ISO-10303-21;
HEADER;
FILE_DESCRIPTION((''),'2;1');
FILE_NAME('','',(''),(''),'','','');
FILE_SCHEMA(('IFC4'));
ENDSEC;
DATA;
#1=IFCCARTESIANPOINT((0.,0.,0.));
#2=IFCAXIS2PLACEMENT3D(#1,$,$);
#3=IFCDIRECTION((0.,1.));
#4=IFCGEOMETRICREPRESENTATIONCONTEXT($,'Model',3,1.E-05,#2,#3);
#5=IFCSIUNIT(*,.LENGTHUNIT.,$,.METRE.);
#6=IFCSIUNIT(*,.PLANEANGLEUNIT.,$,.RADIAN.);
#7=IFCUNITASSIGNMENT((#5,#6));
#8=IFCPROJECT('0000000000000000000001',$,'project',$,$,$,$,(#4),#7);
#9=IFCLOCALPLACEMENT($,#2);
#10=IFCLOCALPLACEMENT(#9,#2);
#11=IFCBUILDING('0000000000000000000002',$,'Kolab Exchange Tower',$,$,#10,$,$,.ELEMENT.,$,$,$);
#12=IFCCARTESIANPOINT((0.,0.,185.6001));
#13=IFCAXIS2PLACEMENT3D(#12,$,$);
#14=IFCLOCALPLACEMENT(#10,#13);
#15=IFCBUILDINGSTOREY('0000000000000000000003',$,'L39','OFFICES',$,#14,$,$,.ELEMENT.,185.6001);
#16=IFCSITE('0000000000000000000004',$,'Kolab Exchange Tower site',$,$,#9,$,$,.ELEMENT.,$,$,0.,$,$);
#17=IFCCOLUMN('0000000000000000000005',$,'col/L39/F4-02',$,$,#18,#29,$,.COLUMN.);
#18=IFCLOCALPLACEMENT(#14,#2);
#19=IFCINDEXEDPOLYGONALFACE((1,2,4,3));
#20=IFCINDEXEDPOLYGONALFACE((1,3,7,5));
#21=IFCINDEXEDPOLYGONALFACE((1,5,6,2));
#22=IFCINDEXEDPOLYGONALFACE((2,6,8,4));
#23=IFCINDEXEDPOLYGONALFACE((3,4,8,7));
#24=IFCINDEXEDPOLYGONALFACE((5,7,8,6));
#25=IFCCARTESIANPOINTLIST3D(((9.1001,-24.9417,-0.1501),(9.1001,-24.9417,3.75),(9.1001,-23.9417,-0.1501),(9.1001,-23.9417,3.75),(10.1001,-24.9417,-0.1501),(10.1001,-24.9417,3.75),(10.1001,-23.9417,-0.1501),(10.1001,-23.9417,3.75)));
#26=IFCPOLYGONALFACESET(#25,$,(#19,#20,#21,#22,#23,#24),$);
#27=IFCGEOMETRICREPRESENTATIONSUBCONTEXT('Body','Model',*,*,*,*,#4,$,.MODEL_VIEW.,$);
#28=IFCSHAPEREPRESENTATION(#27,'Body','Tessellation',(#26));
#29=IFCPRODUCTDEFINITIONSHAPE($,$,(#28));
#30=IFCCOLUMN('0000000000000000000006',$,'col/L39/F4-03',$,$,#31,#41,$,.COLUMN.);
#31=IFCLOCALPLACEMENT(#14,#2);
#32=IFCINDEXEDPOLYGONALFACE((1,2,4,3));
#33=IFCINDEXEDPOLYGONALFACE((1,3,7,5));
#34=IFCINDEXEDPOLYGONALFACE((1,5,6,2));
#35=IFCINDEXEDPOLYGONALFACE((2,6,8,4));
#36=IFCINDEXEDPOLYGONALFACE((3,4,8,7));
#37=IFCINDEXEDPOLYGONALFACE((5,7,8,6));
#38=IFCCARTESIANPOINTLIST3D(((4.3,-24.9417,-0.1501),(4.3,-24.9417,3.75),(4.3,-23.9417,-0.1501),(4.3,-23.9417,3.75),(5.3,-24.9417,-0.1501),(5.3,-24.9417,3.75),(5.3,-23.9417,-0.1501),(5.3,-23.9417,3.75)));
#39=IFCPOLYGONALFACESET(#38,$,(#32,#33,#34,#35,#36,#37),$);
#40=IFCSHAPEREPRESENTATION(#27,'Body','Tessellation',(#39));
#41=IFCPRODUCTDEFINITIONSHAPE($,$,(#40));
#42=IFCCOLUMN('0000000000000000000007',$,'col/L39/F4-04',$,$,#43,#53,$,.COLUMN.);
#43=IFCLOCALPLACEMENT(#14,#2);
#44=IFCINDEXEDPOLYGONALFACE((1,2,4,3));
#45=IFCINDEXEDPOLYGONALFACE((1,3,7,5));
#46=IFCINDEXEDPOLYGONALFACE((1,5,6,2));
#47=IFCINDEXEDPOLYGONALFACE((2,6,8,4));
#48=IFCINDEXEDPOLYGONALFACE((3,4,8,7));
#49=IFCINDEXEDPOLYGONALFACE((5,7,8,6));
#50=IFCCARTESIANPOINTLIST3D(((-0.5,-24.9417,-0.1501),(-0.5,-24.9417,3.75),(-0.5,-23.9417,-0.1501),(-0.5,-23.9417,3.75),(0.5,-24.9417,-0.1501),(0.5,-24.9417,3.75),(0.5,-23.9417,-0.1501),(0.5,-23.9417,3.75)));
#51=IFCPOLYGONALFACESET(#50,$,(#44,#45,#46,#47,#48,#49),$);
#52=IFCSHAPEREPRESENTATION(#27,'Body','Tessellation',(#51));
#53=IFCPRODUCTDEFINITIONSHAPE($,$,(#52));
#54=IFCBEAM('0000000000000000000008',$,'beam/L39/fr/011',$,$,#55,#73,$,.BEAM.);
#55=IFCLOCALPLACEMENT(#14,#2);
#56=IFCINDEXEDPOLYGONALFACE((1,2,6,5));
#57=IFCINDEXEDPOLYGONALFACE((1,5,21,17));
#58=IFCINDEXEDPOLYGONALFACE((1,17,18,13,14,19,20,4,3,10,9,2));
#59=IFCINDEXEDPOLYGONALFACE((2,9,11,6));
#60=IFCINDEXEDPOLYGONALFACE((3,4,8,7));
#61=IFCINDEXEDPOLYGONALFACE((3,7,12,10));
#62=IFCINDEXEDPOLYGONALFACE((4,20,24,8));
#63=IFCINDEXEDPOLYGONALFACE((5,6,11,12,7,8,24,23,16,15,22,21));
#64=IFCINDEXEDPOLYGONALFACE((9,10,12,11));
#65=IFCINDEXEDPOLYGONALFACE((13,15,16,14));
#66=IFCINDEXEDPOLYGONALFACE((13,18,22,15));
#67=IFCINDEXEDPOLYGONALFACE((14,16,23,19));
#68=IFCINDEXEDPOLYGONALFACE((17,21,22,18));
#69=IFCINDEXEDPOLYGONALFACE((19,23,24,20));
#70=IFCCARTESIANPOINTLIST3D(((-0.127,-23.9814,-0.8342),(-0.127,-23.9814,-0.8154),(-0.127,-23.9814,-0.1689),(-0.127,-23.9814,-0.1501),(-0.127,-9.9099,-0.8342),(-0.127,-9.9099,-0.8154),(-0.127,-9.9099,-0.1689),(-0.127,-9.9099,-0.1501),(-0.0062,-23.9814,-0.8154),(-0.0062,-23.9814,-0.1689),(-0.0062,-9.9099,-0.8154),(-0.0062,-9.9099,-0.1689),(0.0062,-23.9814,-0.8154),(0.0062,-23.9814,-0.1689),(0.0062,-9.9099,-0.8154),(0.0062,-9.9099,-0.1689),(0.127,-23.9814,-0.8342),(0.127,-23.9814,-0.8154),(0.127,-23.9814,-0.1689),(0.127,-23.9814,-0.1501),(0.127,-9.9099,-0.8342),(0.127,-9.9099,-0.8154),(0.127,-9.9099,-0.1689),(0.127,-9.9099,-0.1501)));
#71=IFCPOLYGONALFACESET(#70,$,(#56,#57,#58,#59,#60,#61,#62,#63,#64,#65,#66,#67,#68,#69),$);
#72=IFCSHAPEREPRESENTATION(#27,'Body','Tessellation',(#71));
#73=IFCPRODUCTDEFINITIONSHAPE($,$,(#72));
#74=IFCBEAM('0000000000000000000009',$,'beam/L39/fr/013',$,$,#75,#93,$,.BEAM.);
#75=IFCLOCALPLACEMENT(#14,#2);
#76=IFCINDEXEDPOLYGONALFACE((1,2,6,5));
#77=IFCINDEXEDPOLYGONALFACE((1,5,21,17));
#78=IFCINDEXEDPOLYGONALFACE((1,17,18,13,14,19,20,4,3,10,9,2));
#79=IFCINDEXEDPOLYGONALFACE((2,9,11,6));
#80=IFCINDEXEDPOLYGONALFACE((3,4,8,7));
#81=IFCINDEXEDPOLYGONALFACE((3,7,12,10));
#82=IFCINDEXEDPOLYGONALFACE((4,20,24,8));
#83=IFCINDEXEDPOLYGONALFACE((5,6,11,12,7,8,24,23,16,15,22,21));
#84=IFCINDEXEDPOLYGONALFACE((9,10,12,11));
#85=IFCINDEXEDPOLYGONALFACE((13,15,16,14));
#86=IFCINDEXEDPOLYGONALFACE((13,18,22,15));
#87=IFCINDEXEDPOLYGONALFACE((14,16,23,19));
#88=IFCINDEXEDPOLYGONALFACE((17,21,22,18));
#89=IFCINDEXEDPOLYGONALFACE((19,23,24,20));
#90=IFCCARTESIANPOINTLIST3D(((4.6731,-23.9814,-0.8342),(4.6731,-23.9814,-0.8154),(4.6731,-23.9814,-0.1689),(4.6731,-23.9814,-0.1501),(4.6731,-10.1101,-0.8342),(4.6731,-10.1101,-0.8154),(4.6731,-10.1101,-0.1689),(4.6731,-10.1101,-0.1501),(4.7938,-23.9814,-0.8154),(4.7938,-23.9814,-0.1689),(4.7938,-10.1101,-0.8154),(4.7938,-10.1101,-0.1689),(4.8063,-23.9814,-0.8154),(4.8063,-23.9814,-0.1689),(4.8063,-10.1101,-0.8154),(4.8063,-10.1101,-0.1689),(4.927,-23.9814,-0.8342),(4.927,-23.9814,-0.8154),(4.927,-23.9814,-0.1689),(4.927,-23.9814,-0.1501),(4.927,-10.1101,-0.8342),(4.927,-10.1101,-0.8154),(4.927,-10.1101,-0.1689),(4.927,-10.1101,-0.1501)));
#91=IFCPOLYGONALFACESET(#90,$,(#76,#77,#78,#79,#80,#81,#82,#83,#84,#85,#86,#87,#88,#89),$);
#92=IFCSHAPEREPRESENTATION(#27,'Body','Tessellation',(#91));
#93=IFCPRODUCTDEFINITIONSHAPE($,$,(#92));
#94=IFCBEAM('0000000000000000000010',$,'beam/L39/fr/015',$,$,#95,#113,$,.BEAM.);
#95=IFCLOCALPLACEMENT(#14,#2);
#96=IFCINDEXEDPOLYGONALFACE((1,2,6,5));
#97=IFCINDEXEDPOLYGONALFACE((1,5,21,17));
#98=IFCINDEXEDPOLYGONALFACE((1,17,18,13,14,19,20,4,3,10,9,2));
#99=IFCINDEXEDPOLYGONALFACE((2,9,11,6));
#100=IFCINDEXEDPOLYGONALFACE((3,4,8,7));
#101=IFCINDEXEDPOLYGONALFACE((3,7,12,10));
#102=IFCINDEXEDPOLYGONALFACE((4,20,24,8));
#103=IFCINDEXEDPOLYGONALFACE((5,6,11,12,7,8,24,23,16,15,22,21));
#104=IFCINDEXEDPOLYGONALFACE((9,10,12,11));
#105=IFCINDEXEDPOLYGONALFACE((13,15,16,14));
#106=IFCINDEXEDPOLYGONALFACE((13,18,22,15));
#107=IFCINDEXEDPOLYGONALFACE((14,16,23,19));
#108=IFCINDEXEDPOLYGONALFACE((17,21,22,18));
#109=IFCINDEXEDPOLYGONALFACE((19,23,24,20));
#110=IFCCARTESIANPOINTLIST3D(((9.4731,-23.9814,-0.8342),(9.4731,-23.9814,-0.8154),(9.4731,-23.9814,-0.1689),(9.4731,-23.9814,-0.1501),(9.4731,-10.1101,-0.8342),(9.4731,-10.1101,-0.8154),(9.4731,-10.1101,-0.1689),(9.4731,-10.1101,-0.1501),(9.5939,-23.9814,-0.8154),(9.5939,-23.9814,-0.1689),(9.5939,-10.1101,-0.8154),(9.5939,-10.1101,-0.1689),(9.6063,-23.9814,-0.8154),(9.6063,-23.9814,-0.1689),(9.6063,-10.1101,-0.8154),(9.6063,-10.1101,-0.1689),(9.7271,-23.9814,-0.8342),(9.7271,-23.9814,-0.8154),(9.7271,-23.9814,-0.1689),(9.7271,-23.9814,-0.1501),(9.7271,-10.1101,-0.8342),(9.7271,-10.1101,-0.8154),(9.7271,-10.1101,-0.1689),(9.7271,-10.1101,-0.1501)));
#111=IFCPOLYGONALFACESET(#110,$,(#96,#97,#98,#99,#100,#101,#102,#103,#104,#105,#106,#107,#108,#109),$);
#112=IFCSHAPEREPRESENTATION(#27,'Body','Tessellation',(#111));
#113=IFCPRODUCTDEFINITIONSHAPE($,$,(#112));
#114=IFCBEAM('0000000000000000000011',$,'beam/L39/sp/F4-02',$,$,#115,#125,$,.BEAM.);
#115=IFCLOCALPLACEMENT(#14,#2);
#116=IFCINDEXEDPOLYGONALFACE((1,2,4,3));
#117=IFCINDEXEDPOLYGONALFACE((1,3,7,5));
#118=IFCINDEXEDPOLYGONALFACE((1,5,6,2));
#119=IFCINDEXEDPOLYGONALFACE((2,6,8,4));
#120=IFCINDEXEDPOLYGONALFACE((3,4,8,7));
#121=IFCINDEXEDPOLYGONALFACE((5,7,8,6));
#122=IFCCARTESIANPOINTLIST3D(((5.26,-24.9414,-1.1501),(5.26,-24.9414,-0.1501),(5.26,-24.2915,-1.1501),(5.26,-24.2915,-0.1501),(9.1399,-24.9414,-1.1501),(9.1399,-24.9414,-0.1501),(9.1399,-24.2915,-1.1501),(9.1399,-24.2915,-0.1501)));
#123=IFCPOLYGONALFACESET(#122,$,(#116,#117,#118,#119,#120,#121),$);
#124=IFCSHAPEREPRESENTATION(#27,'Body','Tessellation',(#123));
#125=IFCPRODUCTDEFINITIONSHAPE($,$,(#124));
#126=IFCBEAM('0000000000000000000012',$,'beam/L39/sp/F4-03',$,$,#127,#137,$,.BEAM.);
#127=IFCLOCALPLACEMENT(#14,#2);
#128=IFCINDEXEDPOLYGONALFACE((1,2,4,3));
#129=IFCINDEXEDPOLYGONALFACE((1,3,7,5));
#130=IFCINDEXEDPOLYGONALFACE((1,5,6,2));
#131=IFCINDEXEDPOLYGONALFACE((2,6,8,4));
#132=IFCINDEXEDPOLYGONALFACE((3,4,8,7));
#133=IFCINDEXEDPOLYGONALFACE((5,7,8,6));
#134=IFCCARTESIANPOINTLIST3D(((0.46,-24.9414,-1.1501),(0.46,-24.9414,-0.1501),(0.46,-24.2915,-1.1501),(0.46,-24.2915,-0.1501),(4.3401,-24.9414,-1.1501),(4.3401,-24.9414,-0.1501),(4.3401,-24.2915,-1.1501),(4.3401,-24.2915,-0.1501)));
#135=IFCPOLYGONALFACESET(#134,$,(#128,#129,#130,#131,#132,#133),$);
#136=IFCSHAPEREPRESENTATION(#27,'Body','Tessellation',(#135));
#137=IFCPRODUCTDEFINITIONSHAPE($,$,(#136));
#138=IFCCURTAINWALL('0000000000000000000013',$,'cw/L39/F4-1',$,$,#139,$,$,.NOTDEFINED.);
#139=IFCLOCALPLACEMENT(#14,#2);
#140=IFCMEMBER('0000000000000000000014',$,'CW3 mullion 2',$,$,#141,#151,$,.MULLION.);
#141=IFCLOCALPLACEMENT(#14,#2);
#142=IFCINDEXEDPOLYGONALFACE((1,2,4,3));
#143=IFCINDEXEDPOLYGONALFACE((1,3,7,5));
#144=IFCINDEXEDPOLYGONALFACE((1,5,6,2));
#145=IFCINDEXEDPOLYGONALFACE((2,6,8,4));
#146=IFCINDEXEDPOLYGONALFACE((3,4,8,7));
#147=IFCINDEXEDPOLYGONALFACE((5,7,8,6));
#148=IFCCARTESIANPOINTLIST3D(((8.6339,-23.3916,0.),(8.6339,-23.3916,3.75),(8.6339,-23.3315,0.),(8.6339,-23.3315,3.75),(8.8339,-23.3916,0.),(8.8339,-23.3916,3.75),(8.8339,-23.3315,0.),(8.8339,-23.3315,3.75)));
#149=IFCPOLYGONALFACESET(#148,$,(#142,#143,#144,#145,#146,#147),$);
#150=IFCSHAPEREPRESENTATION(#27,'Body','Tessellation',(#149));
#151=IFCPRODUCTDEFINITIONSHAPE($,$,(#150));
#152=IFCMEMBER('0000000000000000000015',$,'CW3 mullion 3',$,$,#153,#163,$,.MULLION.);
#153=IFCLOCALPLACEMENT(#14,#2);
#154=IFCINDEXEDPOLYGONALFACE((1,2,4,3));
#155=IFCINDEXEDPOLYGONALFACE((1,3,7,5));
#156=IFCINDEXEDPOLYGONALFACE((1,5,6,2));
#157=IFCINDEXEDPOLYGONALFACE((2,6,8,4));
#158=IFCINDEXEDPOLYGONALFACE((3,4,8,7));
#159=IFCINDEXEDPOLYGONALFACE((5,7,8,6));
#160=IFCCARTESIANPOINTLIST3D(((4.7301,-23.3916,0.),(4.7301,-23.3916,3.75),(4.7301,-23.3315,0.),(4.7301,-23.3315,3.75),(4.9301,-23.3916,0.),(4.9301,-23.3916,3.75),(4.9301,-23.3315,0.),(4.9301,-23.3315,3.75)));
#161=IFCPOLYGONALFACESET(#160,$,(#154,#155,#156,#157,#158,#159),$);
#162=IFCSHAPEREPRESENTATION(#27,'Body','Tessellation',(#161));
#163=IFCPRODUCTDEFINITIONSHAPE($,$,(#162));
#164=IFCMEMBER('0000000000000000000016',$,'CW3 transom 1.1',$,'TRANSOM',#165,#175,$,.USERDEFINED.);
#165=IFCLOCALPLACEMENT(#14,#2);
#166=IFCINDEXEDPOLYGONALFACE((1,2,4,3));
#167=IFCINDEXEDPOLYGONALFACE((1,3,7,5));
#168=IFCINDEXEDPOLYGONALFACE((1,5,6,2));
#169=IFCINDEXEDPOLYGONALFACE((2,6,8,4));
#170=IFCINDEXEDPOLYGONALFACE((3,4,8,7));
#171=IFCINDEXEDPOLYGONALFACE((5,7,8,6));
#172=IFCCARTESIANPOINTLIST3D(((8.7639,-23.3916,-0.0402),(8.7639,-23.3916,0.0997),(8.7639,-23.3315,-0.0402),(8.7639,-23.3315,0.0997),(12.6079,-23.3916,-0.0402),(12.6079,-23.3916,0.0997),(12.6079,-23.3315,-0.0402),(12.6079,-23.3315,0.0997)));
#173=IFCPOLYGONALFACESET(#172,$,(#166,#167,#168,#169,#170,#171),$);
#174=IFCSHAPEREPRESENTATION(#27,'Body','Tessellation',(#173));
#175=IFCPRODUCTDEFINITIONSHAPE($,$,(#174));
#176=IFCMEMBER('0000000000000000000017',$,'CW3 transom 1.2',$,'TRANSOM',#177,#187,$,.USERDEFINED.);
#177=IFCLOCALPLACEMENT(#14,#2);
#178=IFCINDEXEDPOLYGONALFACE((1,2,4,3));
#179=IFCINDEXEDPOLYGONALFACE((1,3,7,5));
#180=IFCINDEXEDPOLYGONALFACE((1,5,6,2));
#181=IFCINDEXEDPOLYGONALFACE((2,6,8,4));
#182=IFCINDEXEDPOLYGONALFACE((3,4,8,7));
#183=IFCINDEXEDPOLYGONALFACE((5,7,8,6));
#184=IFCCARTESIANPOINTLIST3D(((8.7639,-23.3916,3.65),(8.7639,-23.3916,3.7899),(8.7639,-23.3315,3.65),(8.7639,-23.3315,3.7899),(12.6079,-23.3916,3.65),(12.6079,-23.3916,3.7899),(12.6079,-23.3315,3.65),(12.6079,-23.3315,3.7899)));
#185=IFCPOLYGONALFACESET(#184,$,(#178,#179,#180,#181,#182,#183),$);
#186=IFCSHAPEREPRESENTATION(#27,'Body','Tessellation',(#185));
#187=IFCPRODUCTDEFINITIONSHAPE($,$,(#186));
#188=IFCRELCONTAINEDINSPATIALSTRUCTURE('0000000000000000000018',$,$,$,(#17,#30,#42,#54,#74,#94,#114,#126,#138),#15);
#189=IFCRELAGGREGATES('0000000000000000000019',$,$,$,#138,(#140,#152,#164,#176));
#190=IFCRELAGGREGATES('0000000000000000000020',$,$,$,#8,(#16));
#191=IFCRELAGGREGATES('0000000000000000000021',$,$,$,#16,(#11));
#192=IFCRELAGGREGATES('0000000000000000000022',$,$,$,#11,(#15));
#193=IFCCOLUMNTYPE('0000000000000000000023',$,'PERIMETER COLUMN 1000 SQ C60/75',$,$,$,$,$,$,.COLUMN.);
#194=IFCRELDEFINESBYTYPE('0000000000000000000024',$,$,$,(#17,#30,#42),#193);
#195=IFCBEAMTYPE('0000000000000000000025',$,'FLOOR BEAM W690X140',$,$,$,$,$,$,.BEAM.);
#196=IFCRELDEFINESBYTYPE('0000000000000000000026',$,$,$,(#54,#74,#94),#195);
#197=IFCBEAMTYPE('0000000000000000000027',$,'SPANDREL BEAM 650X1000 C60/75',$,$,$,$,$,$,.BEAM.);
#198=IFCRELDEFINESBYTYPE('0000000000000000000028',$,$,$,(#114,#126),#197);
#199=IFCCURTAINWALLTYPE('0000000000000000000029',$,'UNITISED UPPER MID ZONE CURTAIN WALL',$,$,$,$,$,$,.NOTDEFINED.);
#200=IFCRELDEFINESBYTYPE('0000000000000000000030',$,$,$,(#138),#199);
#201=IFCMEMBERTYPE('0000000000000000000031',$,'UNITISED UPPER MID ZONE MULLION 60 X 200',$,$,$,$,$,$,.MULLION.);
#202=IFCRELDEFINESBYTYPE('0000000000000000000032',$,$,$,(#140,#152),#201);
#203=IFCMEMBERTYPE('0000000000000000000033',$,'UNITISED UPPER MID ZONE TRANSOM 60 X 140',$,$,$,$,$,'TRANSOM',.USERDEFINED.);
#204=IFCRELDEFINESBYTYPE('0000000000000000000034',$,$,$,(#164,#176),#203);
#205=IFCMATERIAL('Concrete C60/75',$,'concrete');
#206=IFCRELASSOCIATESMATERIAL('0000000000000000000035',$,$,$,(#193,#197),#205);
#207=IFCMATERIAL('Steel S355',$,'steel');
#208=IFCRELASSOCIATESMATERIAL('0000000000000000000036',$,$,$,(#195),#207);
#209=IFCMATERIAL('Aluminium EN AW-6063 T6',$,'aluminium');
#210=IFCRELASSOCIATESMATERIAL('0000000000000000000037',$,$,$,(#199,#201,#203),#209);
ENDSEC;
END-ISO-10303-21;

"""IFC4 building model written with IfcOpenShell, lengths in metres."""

from ifc_helpers import new_model, si_unit, direction, frame, origin, origin_2d, place, context, subcontext, project, spatial, rectangle, i_section, extrude, material, material_profile, profile_set, type_object, element, aggregate, save


model = new_model("IFC4")

# Units and contexts
model_context = context("Model", 3, precision=1e-05, world=origin(), true_north=direction((0.0, 1.0)))
body_context = subcontext(model_context, "Body", "Model", "MODEL_VIEW")
ifc_project = project(units=[si_unit("LENGTHUNIT", "METRE"), si_unit("PLANEANGLEUNIT", "RADIAN")], contexts=[model_context])

# Site, building, storey
site_placement = place(None, origin())
site = spatial("IfcSite", under=ifc_project, at=site_placement, Name="Kolab Exchange Tower site", CompositionType="ELEMENT", RefElevation=0.0)
building_placement = place(site_placement, origin())
building = spatial("IfcBuilding", under=site, at=building_placement, Name="Kolab Exchange Tower", CompositionType="ELEMENT")
storey_placement = place(building_placement, frame((0.0, 0.0, 185.6001)))
storey = spatial("IfcBuildingStorey", under=building, at=storey_placement, Name="L39", Description="OFFICES", CompositionType="ELEMENT", Elevation=185.6001)

# Columns
ifc_material_1 = material(Name="Concrete C60/75", Category="concrete")
ifc_material_profile_1 = material_profile(ifc_material_1, rectangle(XDim=1.0, YDim=1.0, at=origin_2d()), Name="RC1000")
ifc_profile_set_1 = profile_set([ifc_material_profile_1], Name="Concrete C60/75")
column_type = type_object("IfcColumnType", Name="PERIMETER COLUMN 1000 SQ C60/75", PredefinedType="COLUMN", material=ifc_profile_set_1)
for number, where, z_axis, x_axis, name in (
    (1, (9.6001, -24.4417, -0.1501), (0.0, 0.0, 1.0), (1.0, 0.0, 0.0), "col/L39/F4-02"),
    (2, (4.8, -24.4417, -0.1501), (0.0, 0.0, 1.0), (1.0, 0.0, 0.0), "col/L39/F4-03"),
    (3, (0.0, -24.4417, -0.1501), (0.0, 0.0, 1.0), (1.0, 0.0, 0.0), "col/L39/F4-04"),
):
    element("IfcColumn", number, at=place(storey_placement, frame(where, z_axis=z_axis, x_axis=x_axis)), inside=storey, type_object=column_type, Name=name, PredefinedType="COLUMN", context=body_context, shape_type="SweptSolid", body=[
        extrude(rectangle(XDim=1.0, YDim=1.0, at=origin_2d()), origin(), (0.0, 0.0, 1.0), 3.9001),
    ])

# Beams
ifc_material_2 = material(Name="Steel S355", Category="steel")
ifc_material_profile_2 = material_profile(ifc_material_2, i_section(OverallWidth=0.2539, OverallDepth=0.6841, WebThickness=0.0125, FlangeThickness=0.0188, at=origin_2d()), Name="W690X140")
ifc_profile_set_2 = profile_set([ifc_material_profile_2], Name="Steel S355")
beam_type_1 = type_object("IfcBeamType", Name="FLOOR BEAM W690X140", PredefinedType="BEAM", material=ifc_profile_set_2)
beam_1_placement = place(storey_placement, frame((0.0, -23.9814, -0.4922), z_axis=(0.0, 1.0, 0.0), x_axis=(-1.0, 0.0, 0.0)))
element("IfcBeam", 4, at=beam_1_placement, inside=storey, type_object=beam_type_1, Name="beam/L39/fr/011", PredefinedType="BEAM", context=body_context, shape_type="SweptSolid", body=[
    extrude(i_section(OverallWidth=0.2539, OverallDepth=0.6841, WebThickness=0.0125, FlangeThickness=0.0188, at=origin_2d()), origin(), (0.0, 0.0, 1.0), 14.0715),
])
for number, where, z_axis, x_axis, name in (
    (5, (4.8, -23.9814, -0.4922), (0.0, 1.0, 0.0), (-1.0, 0.0, 0.0), "beam/L39/fr/013"),
    (6, (9.6001, -23.9814, -0.4922), (0.0, 1.0, 0.0), (-1.0, 0.0, 0.0), "beam/L39/fr/015"),
):
    element("IfcBeam", number, at=place(storey_placement, frame(where, z_axis=z_axis, x_axis=x_axis)), inside=storey, type_object=beam_type_1, Name=name, PredefinedType="BEAM", context=body_context, shape_type="SweptSolid", body=[
        extrude(i_section(OverallWidth=0.2539, OverallDepth=0.6841, WebThickness=0.0125, FlangeThickness=0.0188, at=origin_2d()), origin(), (0.0, 0.0, 1.0), 13.8713),
    ])
ifc_material_profile_3 = material_profile(ifc_material_1, rectangle(XDim=0.6499, YDim=1.0, at=origin_2d()), Name="RC650X1000")
ifc_profile_set_3 = profile_set([ifc_material_profile_3], Name="Concrete C60/75")
beam_type_2 = type_object("IfcBeamType", Name="SPANDREL BEAM 650X1000 C60/75", PredefinedType="BEAM", material=ifc_profile_set_3)
beam_2_placement = place(storey_placement, frame((9.1399, -24.6165, -0.6501), z_axis=(-1.0, 0.0, 0.0), x_axis=(0.0, -1.0, 0.0)))
element("IfcBeam", 7, at=beam_2_placement, inside=storey, type_object=beam_type_2, Name="beam/L39/sp/F4-02", PredefinedType="BEAM", context=body_context, shape_type="SweptSolid", body=[
    extrude(rectangle(XDim=0.6499, YDim=1.0, at=origin_2d()), origin(), (0.0, 0.0, 1.0), 3.8799),
])
beam_3_placement = place(storey_placement, frame((4.3401, -24.6165, -0.6501), z_axis=(-1.0, 0.0, 0.0), x_axis=(0.0, -1.0, 0.0)))
element("IfcBeam", 8, at=beam_3_placement, inside=storey, type_object=beam_type_2, Name="beam/L39/sp/F4-03", PredefinedType="BEAM", context=body_context, shape_type="SweptSolid", body=[
    extrude(rectangle(XDim=0.6499, YDim=1.0, at=origin_2d()), origin(), (0.0, 0.0, 1.0), 3.8801),
])

# Curtain wall, members
ifc_material_3 = material(Name="Aluminium EN AW-6063 T6", Category="aluminium")
curtain_wall_type = type_object("IfcCurtainWallType", Name="UNITISED UPPER MID ZONE CURTAIN WALL", PredefinedType="NOTDEFINED", material=ifc_material_3)
curtain_wall_placement = place(storey_placement, origin())
curtain_wall = element("IfcCurtainWall", 9, at=curtain_wall_placement, inside=storey, type_object=curtain_wall_type, Name="cw/L39/F4-1", PredefinedType="NOTDEFINED")
ifc_material_profile_4 = material_profile(ifc_material_3, rectangle(XDim=0.0601, YDim=0.2, at=origin_2d()), Name="RECT 60X200")
ifc_profile_set_4 = profile_set([ifc_material_profile_4], Name="Aluminium EN AW-6063 T6")
member_type_1 = type_object("IfcMemberType", Name="UNITISED UPPER MID ZONE MULLION 60 X 200", PredefinedType="MULLION", material=ifc_profile_set_4)
member_1_placement = place(storey_placement, frame((8.7339, -23.3616, 0.0), z_axis=(0.0, 0.0, 1.0), x_axis=(0.0, -1.0, 0.0)))
member_1 = element("IfcMember", 10, at=member_1_placement, type_object=member_type_1, Name="CW3 mullion 2", PredefinedType="MULLION", context=body_context, shape_type="SweptSolid", body=[
    extrude(rectangle(XDim=0.0601, YDim=0.2, at=origin_2d()), origin(), (0.0, 0.0, 1.0), 3.75),
])
member_2_placement = place(storey_placement, frame((4.8301, -23.3616, 0.0), z_axis=(0.0, 0.0, 1.0), x_axis=(0.0, -1.0, 0.0)))
member_2 = element("IfcMember", 11, at=member_2_placement, type_object=member_type_1, Name="CW3 mullion 3", PredefinedType="MULLION", context=body_context, shape_type="SweptSolid", body=[
    extrude(rectangle(XDim=0.0601, YDim=0.2, at=origin_2d()), origin(), (0.0, 0.0, 1.0), 3.75),
])
ifc_material_profile_5 = material_profile(ifc_material_3, rectangle(XDim=0.0601, YDim=0.1399, at=origin_2d()), Name="RECT 60X140")
ifc_profile_set_5 = profile_set([ifc_material_profile_5], Name="Aluminium EN AW-6063 T6")
member_type_2 = type_object("IfcMemberType", Name="UNITISED UPPER MID ZONE TRANSOM 60 X 140", ElementType="TRANSOM", PredefinedType="USERDEFINED", material=ifc_profile_set_5)
member_3_placement = place(storey_placement, frame((12.6079, -23.3616, 0.0298), z_axis=(-1.0, 0.0, 0.0), x_axis=(0.0, -1.0, 0.0)))
member_3 = element("IfcMember", 12, at=member_3_placement, type_object=member_type_2, Name="CW3 transom 1.1", ObjectType="TRANSOM", PredefinedType="USERDEFINED", context=body_context, shape_type="SweptSolid", body=[
    extrude(rectangle(XDim=0.0601, YDim=0.1399, at=origin_2d()), origin(), (0.0, 0.0, 1.0), 3.844),
])
member_4_placement = place(storey_placement, frame((12.6079, -23.3616, 3.72), z_axis=(-1.0, 0.0, 0.0), x_axis=(0.0, -1.0, 0.0)))
member_4 = element("IfcMember", 13, at=member_4_placement, type_object=member_type_2, Name="CW3 transom 1.2", ObjectType="TRANSOM", PredefinedType="USERDEFINED", context=body_context, shape_type="SweptSolid", body=[
    extrude(rectangle(XDim=0.0601, YDim=0.1399, at=origin_2d()), origin(), (0.0, 0.0, 1.0), 3.844),
])
aggregate(curtain_wall, [member_1, member_2, member_3, member_4])

save(model, "model.ifc")
